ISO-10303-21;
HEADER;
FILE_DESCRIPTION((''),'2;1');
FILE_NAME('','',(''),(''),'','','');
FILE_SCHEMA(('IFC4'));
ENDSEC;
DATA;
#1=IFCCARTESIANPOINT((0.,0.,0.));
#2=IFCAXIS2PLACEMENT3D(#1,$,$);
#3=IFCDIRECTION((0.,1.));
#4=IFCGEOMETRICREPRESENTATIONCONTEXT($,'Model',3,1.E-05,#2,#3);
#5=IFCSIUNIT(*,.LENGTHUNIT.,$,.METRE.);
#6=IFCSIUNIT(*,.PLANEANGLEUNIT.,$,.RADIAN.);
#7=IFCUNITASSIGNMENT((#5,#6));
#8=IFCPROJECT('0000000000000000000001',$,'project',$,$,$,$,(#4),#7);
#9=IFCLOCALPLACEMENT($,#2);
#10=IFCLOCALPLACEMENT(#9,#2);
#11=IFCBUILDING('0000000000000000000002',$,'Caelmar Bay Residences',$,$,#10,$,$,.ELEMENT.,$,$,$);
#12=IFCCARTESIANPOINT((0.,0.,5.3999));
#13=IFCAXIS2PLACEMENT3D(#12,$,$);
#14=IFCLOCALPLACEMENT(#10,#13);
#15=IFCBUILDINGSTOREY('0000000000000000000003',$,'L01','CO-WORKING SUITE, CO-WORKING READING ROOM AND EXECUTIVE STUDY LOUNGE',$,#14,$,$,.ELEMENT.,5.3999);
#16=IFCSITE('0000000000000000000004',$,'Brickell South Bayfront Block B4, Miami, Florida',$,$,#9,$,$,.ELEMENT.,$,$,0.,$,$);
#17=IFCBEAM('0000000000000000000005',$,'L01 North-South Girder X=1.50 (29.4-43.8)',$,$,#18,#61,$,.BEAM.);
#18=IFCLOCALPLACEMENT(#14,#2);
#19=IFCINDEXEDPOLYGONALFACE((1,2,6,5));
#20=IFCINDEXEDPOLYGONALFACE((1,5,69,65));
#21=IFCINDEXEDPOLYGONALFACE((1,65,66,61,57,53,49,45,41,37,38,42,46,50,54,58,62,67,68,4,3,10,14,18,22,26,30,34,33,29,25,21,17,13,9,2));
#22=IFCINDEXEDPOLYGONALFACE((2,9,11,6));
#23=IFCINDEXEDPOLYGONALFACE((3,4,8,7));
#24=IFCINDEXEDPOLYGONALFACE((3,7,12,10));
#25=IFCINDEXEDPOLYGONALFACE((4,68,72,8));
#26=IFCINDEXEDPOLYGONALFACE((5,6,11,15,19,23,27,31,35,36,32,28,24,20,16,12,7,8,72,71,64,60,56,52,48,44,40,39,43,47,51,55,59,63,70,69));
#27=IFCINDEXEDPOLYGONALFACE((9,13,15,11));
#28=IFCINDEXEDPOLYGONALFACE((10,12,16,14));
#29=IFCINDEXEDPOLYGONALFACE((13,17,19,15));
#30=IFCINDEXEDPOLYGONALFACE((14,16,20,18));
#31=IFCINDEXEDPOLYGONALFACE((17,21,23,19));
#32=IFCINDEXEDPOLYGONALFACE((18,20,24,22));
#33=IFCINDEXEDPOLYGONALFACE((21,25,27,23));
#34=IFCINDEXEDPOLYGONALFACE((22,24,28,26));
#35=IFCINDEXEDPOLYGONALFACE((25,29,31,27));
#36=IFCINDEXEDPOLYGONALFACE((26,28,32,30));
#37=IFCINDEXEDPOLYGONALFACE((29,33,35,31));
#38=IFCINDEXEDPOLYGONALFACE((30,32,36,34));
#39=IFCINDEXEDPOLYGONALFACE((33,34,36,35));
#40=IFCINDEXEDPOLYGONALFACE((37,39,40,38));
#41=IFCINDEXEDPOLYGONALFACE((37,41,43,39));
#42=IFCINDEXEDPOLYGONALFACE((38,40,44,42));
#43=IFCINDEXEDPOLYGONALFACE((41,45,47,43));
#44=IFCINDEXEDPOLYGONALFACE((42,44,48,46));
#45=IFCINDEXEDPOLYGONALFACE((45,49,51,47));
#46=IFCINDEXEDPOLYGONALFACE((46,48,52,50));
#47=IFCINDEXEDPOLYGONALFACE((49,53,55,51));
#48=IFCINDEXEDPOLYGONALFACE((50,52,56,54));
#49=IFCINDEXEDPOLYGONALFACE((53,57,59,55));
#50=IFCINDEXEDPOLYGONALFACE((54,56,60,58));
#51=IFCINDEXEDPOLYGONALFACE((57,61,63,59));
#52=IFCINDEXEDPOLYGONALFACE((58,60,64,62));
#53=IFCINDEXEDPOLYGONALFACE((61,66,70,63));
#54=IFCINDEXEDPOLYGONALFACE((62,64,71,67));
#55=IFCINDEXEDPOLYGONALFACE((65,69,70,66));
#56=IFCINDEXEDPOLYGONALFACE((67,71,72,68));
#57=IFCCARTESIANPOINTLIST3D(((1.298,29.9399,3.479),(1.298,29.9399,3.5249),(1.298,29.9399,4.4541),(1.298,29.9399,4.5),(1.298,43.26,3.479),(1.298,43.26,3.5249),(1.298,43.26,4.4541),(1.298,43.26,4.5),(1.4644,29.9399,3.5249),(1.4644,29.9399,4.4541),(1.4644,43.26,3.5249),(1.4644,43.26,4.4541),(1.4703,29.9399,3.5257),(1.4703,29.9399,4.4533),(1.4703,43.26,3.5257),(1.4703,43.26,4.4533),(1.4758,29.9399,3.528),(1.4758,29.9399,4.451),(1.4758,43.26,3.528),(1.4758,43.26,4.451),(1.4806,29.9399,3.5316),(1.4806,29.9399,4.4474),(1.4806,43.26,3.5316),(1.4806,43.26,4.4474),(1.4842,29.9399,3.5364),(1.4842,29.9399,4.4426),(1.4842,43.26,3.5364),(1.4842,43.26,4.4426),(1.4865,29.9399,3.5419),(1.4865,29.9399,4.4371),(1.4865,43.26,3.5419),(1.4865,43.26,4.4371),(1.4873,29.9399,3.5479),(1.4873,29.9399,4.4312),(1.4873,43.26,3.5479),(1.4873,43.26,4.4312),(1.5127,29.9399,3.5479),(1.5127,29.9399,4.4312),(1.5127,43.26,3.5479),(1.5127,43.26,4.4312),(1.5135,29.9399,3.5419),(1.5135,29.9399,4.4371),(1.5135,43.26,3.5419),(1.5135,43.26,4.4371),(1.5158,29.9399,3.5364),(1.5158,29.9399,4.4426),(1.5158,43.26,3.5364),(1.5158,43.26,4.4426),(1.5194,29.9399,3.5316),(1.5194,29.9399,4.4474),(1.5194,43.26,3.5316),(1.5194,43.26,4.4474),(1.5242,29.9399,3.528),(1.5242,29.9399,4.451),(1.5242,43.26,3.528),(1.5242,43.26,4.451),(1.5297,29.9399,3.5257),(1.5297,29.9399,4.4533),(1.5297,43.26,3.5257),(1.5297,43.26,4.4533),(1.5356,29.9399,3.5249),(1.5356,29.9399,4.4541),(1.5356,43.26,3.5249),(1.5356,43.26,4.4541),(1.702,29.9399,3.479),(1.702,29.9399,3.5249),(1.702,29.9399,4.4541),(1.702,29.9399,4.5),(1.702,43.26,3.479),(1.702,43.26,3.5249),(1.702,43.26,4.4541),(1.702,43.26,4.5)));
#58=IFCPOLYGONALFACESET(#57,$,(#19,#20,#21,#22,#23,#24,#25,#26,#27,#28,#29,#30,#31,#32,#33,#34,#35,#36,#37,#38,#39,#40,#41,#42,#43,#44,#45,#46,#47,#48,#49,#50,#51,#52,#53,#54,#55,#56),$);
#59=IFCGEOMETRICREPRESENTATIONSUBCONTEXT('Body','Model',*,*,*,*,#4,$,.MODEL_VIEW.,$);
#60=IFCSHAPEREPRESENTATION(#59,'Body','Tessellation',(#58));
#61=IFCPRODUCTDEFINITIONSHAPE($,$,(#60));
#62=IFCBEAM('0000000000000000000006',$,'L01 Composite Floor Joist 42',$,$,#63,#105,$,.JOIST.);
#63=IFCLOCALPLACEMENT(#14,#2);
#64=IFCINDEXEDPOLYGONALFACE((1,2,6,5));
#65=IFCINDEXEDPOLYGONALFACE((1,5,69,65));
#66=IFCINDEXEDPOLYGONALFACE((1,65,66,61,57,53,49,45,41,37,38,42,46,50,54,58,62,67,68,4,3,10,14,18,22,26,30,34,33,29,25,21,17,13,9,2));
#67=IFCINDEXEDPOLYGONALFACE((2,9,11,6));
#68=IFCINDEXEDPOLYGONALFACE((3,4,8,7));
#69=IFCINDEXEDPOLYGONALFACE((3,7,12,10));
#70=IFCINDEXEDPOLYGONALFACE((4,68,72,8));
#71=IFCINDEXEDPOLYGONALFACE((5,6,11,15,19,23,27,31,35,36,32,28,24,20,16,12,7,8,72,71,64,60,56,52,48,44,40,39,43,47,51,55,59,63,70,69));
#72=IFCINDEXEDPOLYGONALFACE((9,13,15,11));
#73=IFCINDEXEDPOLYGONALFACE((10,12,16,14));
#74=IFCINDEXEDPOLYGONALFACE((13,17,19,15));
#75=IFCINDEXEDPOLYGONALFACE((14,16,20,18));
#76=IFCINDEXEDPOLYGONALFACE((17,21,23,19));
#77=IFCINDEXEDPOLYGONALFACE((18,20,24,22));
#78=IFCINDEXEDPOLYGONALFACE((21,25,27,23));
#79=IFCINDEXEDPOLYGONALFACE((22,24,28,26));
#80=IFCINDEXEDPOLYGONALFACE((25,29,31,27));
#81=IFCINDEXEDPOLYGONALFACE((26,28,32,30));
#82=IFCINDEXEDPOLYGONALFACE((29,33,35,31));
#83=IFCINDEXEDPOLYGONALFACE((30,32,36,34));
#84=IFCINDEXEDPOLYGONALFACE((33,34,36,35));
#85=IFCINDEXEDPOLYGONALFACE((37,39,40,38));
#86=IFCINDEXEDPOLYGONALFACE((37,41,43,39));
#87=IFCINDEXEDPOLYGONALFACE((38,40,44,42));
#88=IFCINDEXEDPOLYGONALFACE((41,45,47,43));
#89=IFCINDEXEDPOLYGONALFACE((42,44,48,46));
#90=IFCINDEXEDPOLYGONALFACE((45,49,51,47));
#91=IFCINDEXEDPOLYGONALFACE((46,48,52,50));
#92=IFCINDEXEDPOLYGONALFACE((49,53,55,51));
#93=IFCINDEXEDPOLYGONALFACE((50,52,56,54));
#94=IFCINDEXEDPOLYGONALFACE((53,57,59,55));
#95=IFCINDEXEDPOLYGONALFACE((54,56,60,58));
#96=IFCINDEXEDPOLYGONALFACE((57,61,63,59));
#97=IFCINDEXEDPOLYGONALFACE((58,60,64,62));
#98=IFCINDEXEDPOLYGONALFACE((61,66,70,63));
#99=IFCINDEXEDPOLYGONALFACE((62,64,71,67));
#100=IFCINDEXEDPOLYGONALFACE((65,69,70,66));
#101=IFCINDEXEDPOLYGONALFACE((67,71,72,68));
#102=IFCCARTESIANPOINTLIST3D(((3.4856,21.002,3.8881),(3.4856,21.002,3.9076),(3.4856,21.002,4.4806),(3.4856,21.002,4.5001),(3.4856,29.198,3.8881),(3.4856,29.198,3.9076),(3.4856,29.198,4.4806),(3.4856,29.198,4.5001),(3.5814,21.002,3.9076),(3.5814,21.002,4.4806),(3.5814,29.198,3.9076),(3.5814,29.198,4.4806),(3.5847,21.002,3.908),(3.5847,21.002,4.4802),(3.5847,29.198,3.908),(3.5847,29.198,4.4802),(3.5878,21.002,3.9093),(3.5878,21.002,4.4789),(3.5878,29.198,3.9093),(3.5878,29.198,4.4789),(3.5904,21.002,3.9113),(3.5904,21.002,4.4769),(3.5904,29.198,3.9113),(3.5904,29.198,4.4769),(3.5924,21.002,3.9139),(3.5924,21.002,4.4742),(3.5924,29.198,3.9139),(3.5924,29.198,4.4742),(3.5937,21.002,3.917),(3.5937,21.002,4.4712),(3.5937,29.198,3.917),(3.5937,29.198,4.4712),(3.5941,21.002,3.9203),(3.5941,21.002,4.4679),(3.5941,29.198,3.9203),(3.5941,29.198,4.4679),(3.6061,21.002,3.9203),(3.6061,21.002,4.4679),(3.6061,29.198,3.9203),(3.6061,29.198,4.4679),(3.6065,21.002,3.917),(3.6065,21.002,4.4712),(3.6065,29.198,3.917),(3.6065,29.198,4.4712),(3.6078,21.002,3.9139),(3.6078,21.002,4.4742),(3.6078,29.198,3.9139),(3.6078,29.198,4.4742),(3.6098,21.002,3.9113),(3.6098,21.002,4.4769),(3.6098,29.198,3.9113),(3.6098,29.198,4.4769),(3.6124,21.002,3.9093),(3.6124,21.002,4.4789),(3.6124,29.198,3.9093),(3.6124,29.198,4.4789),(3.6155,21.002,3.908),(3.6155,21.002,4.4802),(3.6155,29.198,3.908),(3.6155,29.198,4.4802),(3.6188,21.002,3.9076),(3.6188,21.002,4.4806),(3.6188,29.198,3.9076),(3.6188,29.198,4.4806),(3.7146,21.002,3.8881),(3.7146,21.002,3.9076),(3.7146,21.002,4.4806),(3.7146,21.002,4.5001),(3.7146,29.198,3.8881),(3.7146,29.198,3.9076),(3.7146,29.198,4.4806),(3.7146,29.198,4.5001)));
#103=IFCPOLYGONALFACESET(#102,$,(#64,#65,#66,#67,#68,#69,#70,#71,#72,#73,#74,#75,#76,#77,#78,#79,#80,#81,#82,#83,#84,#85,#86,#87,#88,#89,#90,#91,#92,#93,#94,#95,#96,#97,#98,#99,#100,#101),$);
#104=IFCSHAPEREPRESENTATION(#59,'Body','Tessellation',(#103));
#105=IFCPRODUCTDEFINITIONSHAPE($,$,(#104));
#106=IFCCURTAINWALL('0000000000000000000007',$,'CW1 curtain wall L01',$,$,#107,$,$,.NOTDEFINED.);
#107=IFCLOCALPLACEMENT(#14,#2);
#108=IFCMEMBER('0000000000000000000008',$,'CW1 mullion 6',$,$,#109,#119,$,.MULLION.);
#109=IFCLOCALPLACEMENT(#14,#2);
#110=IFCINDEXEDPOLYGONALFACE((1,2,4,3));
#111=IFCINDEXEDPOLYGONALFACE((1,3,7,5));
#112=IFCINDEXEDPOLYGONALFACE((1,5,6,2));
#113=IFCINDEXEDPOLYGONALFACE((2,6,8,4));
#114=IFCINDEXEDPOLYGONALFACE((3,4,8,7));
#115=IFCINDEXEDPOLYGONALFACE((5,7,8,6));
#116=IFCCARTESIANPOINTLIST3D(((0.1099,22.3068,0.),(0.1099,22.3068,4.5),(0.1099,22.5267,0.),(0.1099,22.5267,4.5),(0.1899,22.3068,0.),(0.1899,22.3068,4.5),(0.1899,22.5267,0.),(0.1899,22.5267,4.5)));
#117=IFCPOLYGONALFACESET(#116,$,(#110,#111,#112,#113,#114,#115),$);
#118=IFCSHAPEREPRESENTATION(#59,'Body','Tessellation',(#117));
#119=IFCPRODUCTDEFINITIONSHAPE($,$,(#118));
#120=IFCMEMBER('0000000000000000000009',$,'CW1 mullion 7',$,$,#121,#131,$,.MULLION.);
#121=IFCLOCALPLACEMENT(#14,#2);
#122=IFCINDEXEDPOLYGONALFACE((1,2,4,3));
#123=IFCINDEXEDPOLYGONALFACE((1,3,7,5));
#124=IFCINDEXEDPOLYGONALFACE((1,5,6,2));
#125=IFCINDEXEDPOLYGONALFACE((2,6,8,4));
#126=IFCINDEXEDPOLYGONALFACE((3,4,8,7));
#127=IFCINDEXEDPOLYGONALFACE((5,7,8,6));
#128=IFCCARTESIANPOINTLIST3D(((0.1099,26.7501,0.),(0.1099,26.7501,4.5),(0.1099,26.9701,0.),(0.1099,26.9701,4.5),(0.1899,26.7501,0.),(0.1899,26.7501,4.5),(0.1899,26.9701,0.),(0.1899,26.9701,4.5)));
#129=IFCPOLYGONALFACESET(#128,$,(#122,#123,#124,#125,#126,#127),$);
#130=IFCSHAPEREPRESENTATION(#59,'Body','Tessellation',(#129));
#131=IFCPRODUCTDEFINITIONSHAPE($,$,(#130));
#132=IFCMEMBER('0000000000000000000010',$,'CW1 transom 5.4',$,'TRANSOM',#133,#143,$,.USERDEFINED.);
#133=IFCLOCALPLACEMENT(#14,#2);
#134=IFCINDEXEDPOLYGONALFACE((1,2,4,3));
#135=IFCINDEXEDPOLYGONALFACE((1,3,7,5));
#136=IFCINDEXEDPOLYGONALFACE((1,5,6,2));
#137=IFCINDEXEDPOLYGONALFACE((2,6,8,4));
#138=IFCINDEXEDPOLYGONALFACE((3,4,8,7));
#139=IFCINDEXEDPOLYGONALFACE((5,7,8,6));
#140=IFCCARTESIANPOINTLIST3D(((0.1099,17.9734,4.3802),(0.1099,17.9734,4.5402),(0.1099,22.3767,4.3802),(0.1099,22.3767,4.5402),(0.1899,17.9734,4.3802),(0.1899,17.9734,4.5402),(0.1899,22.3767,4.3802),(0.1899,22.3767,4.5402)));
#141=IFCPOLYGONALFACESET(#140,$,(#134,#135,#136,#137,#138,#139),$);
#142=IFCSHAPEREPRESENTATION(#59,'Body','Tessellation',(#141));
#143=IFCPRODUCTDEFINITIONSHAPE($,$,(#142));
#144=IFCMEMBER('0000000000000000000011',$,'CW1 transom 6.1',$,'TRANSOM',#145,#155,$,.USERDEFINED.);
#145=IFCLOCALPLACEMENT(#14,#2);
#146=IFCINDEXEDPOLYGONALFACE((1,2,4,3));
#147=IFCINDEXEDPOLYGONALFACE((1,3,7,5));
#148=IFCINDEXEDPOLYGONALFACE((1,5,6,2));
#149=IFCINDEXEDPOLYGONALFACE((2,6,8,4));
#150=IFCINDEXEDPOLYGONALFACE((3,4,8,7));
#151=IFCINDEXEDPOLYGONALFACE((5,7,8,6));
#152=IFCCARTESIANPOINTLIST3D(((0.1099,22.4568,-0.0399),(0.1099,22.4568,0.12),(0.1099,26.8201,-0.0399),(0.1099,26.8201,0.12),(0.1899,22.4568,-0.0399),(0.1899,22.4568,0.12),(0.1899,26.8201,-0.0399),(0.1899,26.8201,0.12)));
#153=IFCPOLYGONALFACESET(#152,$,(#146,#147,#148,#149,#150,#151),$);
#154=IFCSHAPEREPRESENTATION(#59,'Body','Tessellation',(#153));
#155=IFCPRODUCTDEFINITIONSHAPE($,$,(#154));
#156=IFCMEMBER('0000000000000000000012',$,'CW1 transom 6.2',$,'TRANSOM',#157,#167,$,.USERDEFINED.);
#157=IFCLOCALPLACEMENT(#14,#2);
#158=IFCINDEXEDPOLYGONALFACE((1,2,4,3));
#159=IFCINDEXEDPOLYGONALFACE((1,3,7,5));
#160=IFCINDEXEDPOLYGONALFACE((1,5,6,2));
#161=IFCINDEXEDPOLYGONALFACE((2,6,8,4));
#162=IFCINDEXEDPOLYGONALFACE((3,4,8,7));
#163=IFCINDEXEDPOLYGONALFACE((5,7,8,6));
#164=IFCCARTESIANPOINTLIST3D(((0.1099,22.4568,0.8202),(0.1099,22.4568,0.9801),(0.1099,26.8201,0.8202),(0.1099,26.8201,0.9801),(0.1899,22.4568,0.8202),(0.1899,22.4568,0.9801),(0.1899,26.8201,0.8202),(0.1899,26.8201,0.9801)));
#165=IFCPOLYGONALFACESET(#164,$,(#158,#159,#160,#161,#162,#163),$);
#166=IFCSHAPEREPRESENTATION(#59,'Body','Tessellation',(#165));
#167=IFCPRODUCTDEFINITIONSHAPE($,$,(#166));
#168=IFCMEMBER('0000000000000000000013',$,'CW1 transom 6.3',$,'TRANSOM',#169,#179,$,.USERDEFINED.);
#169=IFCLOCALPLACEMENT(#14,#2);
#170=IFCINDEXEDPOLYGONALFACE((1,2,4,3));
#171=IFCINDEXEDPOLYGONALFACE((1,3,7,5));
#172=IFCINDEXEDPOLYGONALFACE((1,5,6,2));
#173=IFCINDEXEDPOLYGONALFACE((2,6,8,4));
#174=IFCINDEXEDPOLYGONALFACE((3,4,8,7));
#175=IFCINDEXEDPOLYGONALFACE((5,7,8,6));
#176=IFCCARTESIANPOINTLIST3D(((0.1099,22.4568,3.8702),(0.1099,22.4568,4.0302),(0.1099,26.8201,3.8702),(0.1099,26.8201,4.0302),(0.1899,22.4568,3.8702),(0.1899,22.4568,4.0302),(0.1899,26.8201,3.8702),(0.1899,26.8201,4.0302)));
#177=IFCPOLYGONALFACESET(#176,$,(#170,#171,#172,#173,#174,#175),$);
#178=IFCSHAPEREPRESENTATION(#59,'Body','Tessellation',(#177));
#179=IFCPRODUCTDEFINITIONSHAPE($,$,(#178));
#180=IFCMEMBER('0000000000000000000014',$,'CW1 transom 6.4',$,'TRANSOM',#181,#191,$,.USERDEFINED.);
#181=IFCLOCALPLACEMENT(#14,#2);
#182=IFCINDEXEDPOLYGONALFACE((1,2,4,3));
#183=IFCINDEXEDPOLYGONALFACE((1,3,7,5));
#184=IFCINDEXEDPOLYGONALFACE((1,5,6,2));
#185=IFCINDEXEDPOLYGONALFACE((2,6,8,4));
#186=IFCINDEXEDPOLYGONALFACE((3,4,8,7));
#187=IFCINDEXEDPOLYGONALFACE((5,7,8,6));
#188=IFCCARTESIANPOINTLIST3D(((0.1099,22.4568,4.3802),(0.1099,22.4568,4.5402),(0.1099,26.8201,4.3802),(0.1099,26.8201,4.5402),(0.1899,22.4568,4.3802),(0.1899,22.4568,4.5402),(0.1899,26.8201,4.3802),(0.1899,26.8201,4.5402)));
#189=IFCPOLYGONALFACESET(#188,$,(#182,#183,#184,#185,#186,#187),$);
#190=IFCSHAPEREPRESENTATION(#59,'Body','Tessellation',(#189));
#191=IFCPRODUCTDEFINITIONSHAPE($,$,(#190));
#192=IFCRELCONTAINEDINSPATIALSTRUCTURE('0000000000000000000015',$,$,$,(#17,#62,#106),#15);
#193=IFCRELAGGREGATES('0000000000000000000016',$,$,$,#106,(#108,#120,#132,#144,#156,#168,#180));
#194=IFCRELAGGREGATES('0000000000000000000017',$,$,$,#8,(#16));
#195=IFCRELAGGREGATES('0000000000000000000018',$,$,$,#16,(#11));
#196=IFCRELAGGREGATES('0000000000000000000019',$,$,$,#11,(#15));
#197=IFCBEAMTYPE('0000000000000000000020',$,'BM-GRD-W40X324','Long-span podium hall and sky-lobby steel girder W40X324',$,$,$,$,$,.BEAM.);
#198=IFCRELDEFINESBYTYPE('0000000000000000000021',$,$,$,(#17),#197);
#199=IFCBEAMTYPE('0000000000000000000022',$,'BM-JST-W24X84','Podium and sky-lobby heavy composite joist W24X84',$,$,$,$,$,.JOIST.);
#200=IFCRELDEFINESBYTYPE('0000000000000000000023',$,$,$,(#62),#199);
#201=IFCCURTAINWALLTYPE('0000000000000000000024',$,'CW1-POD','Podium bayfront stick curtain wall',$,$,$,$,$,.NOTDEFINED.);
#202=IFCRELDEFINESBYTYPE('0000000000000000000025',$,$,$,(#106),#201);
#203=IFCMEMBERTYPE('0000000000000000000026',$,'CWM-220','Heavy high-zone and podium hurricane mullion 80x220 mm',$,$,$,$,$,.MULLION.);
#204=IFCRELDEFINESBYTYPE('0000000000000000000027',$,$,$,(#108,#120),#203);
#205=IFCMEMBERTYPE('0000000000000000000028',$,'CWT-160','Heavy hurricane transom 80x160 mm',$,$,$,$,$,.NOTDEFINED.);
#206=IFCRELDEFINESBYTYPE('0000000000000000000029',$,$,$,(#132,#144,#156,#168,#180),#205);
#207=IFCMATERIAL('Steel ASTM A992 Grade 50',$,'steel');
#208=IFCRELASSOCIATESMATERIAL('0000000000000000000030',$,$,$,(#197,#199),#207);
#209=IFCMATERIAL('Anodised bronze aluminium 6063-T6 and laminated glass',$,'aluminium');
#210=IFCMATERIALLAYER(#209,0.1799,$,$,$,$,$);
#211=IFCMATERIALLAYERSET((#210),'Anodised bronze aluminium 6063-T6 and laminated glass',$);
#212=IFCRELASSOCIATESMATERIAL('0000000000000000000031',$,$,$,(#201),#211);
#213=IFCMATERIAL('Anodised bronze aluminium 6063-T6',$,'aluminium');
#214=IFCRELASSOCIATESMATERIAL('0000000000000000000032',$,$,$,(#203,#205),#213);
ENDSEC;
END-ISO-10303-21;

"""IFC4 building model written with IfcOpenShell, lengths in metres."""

from ifc_helpers import new_model, si_unit, direction, frame, origin, origin_2d, place, context, subcontext, project, spatial, rectangle, i_section, extrude, material, layer, layer_set, material_profile, profile_set, type_object, element, aggregate, save


model = new_model("IFC4")

# Units and contexts
model_context = context("Model", 3, precision=1e-05, world=origin(), true_north=direction((0.0, 1.0)))
body_context = subcontext(model_context, "Body", "Model", "MODEL_VIEW")
ifc_project = project(units=[si_unit("LENGTHUNIT", "METRE"), si_unit("PLANEANGLEUNIT", "RADIAN")], contexts=[model_context])

# Site, building, storey
site_placement = place(None, origin())
site = spatial("IfcSite", under=ifc_project, at=site_placement, Name="Brickell South Bayfront Block B4, Miami, Florida", CompositionType="ELEMENT", RefElevation=0.0)
building_placement = place(site_placement, origin())
building = spatial("IfcBuilding", under=site, at=building_placement, Name="Caelmar Bay Residences", CompositionType="ELEMENT")
storey_placement = place(building_placement, frame((0.0, 0.0, 5.3999)))
storey = spatial("IfcBuildingStorey", under=building, at=storey_placement, Name="L01", Description="CO-WORKING SUITE, CO-WORKING READING ROOM AND EXECUTIVE STUDY LOUNGE", CompositionType="ELEMENT", Elevation=5.3999)

# Beams
ifc_material_1 = material(Name="Steel ASTM A992 Grade 50", Category="steel")
ifc_material_profile_1 = material_profile(ifc_material_1, i_section(OverallWidth=0.4041, OverallDepth=1.021, WebThickness=0.0254, FlangeThickness=0.0459, FilletRadius=0.0229, at=origin_2d()), Name="W40X324")
ifc_profile_set_1 = profile_set([ifc_material_profile_1], Name="Steel ASTM A992 Grade 50")
beam_type_1 = type_object("IfcBeamType", Name="BM-GRD-W40X324", Description="Long-span podium hall and sky-lobby steel girder W40X324", PredefinedType="BEAM", material=ifc_profile_set_1)
beam_1_placement = place(storey_placement, frame((1.5, 29.9399, 3.9895), z_axis=(0.0, 1.0, 0.0), x_axis=(-1.0, 0.0, 0.0)))
element("IfcBeam", 1, at=beam_1_placement, inside=storey, type_object=beam_type_1, Name="L01 North-South Girder X=1.50 (29.4-43.8)", PredefinedType="BEAM", context=body_context, shape_type="SweptSolid", body=[
    extrude(i_section(OverallWidth=0.4041, OverallDepth=1.021, WebThickness=0.0254, FlangeThickness=0.0459, FilletRadius=0.0229, at=origin_2d()), origin(), (0.0, 0.0, 1.0), 13.3201),
])
ifc_material_profile_2 = material_profile(ifc_material_1, i_section(OverallWidth=0.229, OverallDepth=0.6121, WebThickness=0.012, FlangeThickness=0.0195, FilletRadius=0.0127, at=origin_2d()), Name="W24X84")
ifc_profile_set_2 = profile_set([ifc_material_profile_2], Name="Steel ASTM A992 Grade 50")
beam_type_2 = type_object("IfcBeamType", Name="BM-JST-W24X84", Description="Podium and sky-lobby heavy composite joist W24X84", PredefinedType="JOIST", material=ifc_profile_set_2)
beam_2_placement = place(storey_placement, frame((3.6001, 21.002, 4.1941), z_axis=(0.0, 1.0, 0.0), x_axis=(-1.0, 0.0, 0.0)))
element("IfcBeam", 2, at=beam_2_placement, inside=storey, type_object=beam_type_2, Name="L01 Composite Floor Joist 42", PredefinedType="JOIST", context=body_context, shape_type="SweptSolid", body=[
    extrude(i_section(OverallWidth=0.229, OverallDepth=0.6121, WebThickness=0.012, FlangeThickness=0.0195, FilletRadius=0.0127, at=origin_2d()), origin(), (0.0, 0.0, 1.0), 8.196),
])

# Curtain wall, members
ifc_material_2 = material(Name="Anodised bronze aluminium 6063-T6 and laminated glass", Category="aluminium")
ifc_layer_1 = layer(ifc_material_2, 0.1799)
ifc_layer_set_1 = layer_set([ifc_layer_1], Name="Anodised bronze aluminium 6063-T6 and laminated glass")
curtain_wall_type = type_object("IfcCurtainWallType", Name="CW1-POD", Description="Podium bayfront stick curtain wall", PredefinedType="NOTDEFINED", material=ifc_layer_set_1)
curtain_wall_placement = place(storey_placement, origin())
curtain_wall = element("IfcCurtainWall", 3, at=curtain_wall_placement, inside=storey, type_object=curtain_wall_type, Name="CW1 curtain wall L01", PredefinedType="NOTDEFINED")
ifc_material_3 = material(Name="Anodised bronze aluminium 6063-T6", Category="aluminium")
ifc_material_profile_3 = material_profile(ifc_material_3, rectangle(XDim=0.0801, YDim=0.22, at=origin_2d()), Name="CWM-80X220")
ifc_profile_set_3 = profile_set([ifc_material_profile_3], Name="Anodised bronze aluminium 6063-T6")
member_type_1 = type_object("IfcMemberType", Name="CWM-220", Description="Heavy high-zone and podium hurricane mullion 80x220 mm", PredefinedType="MULLION", material=ifc_profile_set_3)
member_1_placement = place(storey_placement, frame((0.1499, 22.4167, 0.0), z_axis=(0.0, 0.0, 1.0), x_axis=(-1.0, 0.0, 0.0)))
member_1 = element("IfcMember", 4, at=member_1_placement, type_object=member_type_1, Name="CW1 mullion 6", PredefinedType="MULLION", context=body_context, shape_type="SweptSolid", body=[
    extrude(rectangle(XDim=0.0801, YDim=0.22, at=origin_2d()), origin(), (0.0, 0.0, 1.0), 4.5),
])
member_2_placement = place(storey_placement, frame((0.1499, 26.8601, 0.0), z_axis=(0.0, 0.0, 1.0), x_axis=(-1.0, 0.0, 0.0)))
member_2 = element("IfcMember", 5, at=member_2_placement, type_object=member_type_1, Name="CW1 mullion 7", PredefinedType="MULLION", context=body_context, shape_type="SweptSolid", body=[
    extrude(rectangle(XDim=0.0801, YDim=0.22, at=origin_2d()), origin(), (0.0, 0.0, 1.0), 4.5),
])
ifc_material_profile_4 = material_profile(ifc_material_3, rectangle(XDim=0.0801, YDim=0.1599, at=origin_2d()), Name="CWT-80X160")
ifc_profile_set_4 = profile_set([ifc_material_profile_4], Name="Anodised bronze aluminium 6063-T6")
member_type_2 = type_object("IfcMemberType", Name="CWT-160", Description="Heavy hurricane transom 80x160 mm", PredefinedType="NOTDEFINED", material=ifc_profile_set_4)
member_3_placement = place(storey_placement, frame((0.1499, 17.9734, 4.4602), z_axis=(0.0, 1.0, 0.0), x_axis=(-1.0, 0.0, 0.0)))
member_3 = element("IfcMember", 6, at=member_3_placement, type_object=member_type_2, Name="CW1 transom 5.4", ObjectType="TRANSOM", PredefinedType="USERDEFINED", context=body_context, shape_type="SweptSolid", body=[
    extrude(rectangle(XDim=0.0801, YDim=0.1599, at=origin_2d()), origin(), (0.0, 0.0, 1.0), 4.4033),
])
member_4_placement = place(storey_placement, frame((0.1499, 22.4568, 0.04), z_axis=(0.0, 1.0, 0.0), x_axis=(-1.0, 0.0, 0.0)))
member_4 = element("IfcMember", 7, at=member_4_placement, type_object=member_type_2, Name="CW1 transom 6.1", ObjectType="TRANSOM", PredefinedType="USERDEFINED", context=body_context, shape_type="SweptSolid", body=[
    extrude(rectangle(XDim=0.0801, YDim=0.1599, at=origin_2d()), origin(), (0.0, 0.0, 1.0), 4.3633),
])
member_5_placement = place(storey_placement, frame((0.1499, 22.4568, 0.9001), z_axis=(0.0, 1.0, 0.0), x_axis=(-1.0, 0.0, 0.0)))
member_5 = element("IfcMember", 8, at=member_5_placement, type_object=member_type_2, Name="CW1 transom 6.2", ObjectType="TRANSOM", PredefinedType="USERDEFINED", context=body_context, shape_type="SweptSolid", body=[
    extrude(rectangle(XDim=0.0801, YDim=0.1599, at=origin_2d()), origin(), (0.0, 0.0, 1.0), 4.3633),
])
member_6_placement = place(storey_placement, frame((0.1499, 22.4568, 3.9502), z_axis=(0.0, 1.0, 0.0), x_axis=(-1.0, 0.0, 0.0)))
member_6 = element("IfcMember", 9, at=member_6_placement, type_object=member_type_2, Name="CW1 transom 6.3", ObjectType="TRANSOM", PredefinedType="USERDEFINED", context=body_context, shape_type="SweptSolid", body=[
    extrude(rectangle(XDim=0.0801, YDim=0.1599, at=origin_2d()), origin(), (0.0, 0.0, 1.0), 4.3633),
])
member_7_placement = place(storey_placement, frame((0.1499, 22.4568, 4.4602), z_axis=(0.0, 1.0, 0.0), x_axis=(-1.0, 0.0, 0.0)))
member_7 = element("IfcMember", 10, at=member_7_placement, type_object=member_type_2, Name="CW1 transom 6.4", ObjectType="TRANSOM", PredefinedType="USERDEFINED", context=body_context, shape_type="SweptSolid", body=[
    extrude(rectangle(XDim=0.0801, YDim=0.1599, at=origin_2d()), origin(), (0.0, 0.0, 1.0), 4.3633),
])
aggregate(curtain_wall, [member_1, member_2, member_3, member_4, member_5, member_6, member_7])

save(model, "model.ifc")
